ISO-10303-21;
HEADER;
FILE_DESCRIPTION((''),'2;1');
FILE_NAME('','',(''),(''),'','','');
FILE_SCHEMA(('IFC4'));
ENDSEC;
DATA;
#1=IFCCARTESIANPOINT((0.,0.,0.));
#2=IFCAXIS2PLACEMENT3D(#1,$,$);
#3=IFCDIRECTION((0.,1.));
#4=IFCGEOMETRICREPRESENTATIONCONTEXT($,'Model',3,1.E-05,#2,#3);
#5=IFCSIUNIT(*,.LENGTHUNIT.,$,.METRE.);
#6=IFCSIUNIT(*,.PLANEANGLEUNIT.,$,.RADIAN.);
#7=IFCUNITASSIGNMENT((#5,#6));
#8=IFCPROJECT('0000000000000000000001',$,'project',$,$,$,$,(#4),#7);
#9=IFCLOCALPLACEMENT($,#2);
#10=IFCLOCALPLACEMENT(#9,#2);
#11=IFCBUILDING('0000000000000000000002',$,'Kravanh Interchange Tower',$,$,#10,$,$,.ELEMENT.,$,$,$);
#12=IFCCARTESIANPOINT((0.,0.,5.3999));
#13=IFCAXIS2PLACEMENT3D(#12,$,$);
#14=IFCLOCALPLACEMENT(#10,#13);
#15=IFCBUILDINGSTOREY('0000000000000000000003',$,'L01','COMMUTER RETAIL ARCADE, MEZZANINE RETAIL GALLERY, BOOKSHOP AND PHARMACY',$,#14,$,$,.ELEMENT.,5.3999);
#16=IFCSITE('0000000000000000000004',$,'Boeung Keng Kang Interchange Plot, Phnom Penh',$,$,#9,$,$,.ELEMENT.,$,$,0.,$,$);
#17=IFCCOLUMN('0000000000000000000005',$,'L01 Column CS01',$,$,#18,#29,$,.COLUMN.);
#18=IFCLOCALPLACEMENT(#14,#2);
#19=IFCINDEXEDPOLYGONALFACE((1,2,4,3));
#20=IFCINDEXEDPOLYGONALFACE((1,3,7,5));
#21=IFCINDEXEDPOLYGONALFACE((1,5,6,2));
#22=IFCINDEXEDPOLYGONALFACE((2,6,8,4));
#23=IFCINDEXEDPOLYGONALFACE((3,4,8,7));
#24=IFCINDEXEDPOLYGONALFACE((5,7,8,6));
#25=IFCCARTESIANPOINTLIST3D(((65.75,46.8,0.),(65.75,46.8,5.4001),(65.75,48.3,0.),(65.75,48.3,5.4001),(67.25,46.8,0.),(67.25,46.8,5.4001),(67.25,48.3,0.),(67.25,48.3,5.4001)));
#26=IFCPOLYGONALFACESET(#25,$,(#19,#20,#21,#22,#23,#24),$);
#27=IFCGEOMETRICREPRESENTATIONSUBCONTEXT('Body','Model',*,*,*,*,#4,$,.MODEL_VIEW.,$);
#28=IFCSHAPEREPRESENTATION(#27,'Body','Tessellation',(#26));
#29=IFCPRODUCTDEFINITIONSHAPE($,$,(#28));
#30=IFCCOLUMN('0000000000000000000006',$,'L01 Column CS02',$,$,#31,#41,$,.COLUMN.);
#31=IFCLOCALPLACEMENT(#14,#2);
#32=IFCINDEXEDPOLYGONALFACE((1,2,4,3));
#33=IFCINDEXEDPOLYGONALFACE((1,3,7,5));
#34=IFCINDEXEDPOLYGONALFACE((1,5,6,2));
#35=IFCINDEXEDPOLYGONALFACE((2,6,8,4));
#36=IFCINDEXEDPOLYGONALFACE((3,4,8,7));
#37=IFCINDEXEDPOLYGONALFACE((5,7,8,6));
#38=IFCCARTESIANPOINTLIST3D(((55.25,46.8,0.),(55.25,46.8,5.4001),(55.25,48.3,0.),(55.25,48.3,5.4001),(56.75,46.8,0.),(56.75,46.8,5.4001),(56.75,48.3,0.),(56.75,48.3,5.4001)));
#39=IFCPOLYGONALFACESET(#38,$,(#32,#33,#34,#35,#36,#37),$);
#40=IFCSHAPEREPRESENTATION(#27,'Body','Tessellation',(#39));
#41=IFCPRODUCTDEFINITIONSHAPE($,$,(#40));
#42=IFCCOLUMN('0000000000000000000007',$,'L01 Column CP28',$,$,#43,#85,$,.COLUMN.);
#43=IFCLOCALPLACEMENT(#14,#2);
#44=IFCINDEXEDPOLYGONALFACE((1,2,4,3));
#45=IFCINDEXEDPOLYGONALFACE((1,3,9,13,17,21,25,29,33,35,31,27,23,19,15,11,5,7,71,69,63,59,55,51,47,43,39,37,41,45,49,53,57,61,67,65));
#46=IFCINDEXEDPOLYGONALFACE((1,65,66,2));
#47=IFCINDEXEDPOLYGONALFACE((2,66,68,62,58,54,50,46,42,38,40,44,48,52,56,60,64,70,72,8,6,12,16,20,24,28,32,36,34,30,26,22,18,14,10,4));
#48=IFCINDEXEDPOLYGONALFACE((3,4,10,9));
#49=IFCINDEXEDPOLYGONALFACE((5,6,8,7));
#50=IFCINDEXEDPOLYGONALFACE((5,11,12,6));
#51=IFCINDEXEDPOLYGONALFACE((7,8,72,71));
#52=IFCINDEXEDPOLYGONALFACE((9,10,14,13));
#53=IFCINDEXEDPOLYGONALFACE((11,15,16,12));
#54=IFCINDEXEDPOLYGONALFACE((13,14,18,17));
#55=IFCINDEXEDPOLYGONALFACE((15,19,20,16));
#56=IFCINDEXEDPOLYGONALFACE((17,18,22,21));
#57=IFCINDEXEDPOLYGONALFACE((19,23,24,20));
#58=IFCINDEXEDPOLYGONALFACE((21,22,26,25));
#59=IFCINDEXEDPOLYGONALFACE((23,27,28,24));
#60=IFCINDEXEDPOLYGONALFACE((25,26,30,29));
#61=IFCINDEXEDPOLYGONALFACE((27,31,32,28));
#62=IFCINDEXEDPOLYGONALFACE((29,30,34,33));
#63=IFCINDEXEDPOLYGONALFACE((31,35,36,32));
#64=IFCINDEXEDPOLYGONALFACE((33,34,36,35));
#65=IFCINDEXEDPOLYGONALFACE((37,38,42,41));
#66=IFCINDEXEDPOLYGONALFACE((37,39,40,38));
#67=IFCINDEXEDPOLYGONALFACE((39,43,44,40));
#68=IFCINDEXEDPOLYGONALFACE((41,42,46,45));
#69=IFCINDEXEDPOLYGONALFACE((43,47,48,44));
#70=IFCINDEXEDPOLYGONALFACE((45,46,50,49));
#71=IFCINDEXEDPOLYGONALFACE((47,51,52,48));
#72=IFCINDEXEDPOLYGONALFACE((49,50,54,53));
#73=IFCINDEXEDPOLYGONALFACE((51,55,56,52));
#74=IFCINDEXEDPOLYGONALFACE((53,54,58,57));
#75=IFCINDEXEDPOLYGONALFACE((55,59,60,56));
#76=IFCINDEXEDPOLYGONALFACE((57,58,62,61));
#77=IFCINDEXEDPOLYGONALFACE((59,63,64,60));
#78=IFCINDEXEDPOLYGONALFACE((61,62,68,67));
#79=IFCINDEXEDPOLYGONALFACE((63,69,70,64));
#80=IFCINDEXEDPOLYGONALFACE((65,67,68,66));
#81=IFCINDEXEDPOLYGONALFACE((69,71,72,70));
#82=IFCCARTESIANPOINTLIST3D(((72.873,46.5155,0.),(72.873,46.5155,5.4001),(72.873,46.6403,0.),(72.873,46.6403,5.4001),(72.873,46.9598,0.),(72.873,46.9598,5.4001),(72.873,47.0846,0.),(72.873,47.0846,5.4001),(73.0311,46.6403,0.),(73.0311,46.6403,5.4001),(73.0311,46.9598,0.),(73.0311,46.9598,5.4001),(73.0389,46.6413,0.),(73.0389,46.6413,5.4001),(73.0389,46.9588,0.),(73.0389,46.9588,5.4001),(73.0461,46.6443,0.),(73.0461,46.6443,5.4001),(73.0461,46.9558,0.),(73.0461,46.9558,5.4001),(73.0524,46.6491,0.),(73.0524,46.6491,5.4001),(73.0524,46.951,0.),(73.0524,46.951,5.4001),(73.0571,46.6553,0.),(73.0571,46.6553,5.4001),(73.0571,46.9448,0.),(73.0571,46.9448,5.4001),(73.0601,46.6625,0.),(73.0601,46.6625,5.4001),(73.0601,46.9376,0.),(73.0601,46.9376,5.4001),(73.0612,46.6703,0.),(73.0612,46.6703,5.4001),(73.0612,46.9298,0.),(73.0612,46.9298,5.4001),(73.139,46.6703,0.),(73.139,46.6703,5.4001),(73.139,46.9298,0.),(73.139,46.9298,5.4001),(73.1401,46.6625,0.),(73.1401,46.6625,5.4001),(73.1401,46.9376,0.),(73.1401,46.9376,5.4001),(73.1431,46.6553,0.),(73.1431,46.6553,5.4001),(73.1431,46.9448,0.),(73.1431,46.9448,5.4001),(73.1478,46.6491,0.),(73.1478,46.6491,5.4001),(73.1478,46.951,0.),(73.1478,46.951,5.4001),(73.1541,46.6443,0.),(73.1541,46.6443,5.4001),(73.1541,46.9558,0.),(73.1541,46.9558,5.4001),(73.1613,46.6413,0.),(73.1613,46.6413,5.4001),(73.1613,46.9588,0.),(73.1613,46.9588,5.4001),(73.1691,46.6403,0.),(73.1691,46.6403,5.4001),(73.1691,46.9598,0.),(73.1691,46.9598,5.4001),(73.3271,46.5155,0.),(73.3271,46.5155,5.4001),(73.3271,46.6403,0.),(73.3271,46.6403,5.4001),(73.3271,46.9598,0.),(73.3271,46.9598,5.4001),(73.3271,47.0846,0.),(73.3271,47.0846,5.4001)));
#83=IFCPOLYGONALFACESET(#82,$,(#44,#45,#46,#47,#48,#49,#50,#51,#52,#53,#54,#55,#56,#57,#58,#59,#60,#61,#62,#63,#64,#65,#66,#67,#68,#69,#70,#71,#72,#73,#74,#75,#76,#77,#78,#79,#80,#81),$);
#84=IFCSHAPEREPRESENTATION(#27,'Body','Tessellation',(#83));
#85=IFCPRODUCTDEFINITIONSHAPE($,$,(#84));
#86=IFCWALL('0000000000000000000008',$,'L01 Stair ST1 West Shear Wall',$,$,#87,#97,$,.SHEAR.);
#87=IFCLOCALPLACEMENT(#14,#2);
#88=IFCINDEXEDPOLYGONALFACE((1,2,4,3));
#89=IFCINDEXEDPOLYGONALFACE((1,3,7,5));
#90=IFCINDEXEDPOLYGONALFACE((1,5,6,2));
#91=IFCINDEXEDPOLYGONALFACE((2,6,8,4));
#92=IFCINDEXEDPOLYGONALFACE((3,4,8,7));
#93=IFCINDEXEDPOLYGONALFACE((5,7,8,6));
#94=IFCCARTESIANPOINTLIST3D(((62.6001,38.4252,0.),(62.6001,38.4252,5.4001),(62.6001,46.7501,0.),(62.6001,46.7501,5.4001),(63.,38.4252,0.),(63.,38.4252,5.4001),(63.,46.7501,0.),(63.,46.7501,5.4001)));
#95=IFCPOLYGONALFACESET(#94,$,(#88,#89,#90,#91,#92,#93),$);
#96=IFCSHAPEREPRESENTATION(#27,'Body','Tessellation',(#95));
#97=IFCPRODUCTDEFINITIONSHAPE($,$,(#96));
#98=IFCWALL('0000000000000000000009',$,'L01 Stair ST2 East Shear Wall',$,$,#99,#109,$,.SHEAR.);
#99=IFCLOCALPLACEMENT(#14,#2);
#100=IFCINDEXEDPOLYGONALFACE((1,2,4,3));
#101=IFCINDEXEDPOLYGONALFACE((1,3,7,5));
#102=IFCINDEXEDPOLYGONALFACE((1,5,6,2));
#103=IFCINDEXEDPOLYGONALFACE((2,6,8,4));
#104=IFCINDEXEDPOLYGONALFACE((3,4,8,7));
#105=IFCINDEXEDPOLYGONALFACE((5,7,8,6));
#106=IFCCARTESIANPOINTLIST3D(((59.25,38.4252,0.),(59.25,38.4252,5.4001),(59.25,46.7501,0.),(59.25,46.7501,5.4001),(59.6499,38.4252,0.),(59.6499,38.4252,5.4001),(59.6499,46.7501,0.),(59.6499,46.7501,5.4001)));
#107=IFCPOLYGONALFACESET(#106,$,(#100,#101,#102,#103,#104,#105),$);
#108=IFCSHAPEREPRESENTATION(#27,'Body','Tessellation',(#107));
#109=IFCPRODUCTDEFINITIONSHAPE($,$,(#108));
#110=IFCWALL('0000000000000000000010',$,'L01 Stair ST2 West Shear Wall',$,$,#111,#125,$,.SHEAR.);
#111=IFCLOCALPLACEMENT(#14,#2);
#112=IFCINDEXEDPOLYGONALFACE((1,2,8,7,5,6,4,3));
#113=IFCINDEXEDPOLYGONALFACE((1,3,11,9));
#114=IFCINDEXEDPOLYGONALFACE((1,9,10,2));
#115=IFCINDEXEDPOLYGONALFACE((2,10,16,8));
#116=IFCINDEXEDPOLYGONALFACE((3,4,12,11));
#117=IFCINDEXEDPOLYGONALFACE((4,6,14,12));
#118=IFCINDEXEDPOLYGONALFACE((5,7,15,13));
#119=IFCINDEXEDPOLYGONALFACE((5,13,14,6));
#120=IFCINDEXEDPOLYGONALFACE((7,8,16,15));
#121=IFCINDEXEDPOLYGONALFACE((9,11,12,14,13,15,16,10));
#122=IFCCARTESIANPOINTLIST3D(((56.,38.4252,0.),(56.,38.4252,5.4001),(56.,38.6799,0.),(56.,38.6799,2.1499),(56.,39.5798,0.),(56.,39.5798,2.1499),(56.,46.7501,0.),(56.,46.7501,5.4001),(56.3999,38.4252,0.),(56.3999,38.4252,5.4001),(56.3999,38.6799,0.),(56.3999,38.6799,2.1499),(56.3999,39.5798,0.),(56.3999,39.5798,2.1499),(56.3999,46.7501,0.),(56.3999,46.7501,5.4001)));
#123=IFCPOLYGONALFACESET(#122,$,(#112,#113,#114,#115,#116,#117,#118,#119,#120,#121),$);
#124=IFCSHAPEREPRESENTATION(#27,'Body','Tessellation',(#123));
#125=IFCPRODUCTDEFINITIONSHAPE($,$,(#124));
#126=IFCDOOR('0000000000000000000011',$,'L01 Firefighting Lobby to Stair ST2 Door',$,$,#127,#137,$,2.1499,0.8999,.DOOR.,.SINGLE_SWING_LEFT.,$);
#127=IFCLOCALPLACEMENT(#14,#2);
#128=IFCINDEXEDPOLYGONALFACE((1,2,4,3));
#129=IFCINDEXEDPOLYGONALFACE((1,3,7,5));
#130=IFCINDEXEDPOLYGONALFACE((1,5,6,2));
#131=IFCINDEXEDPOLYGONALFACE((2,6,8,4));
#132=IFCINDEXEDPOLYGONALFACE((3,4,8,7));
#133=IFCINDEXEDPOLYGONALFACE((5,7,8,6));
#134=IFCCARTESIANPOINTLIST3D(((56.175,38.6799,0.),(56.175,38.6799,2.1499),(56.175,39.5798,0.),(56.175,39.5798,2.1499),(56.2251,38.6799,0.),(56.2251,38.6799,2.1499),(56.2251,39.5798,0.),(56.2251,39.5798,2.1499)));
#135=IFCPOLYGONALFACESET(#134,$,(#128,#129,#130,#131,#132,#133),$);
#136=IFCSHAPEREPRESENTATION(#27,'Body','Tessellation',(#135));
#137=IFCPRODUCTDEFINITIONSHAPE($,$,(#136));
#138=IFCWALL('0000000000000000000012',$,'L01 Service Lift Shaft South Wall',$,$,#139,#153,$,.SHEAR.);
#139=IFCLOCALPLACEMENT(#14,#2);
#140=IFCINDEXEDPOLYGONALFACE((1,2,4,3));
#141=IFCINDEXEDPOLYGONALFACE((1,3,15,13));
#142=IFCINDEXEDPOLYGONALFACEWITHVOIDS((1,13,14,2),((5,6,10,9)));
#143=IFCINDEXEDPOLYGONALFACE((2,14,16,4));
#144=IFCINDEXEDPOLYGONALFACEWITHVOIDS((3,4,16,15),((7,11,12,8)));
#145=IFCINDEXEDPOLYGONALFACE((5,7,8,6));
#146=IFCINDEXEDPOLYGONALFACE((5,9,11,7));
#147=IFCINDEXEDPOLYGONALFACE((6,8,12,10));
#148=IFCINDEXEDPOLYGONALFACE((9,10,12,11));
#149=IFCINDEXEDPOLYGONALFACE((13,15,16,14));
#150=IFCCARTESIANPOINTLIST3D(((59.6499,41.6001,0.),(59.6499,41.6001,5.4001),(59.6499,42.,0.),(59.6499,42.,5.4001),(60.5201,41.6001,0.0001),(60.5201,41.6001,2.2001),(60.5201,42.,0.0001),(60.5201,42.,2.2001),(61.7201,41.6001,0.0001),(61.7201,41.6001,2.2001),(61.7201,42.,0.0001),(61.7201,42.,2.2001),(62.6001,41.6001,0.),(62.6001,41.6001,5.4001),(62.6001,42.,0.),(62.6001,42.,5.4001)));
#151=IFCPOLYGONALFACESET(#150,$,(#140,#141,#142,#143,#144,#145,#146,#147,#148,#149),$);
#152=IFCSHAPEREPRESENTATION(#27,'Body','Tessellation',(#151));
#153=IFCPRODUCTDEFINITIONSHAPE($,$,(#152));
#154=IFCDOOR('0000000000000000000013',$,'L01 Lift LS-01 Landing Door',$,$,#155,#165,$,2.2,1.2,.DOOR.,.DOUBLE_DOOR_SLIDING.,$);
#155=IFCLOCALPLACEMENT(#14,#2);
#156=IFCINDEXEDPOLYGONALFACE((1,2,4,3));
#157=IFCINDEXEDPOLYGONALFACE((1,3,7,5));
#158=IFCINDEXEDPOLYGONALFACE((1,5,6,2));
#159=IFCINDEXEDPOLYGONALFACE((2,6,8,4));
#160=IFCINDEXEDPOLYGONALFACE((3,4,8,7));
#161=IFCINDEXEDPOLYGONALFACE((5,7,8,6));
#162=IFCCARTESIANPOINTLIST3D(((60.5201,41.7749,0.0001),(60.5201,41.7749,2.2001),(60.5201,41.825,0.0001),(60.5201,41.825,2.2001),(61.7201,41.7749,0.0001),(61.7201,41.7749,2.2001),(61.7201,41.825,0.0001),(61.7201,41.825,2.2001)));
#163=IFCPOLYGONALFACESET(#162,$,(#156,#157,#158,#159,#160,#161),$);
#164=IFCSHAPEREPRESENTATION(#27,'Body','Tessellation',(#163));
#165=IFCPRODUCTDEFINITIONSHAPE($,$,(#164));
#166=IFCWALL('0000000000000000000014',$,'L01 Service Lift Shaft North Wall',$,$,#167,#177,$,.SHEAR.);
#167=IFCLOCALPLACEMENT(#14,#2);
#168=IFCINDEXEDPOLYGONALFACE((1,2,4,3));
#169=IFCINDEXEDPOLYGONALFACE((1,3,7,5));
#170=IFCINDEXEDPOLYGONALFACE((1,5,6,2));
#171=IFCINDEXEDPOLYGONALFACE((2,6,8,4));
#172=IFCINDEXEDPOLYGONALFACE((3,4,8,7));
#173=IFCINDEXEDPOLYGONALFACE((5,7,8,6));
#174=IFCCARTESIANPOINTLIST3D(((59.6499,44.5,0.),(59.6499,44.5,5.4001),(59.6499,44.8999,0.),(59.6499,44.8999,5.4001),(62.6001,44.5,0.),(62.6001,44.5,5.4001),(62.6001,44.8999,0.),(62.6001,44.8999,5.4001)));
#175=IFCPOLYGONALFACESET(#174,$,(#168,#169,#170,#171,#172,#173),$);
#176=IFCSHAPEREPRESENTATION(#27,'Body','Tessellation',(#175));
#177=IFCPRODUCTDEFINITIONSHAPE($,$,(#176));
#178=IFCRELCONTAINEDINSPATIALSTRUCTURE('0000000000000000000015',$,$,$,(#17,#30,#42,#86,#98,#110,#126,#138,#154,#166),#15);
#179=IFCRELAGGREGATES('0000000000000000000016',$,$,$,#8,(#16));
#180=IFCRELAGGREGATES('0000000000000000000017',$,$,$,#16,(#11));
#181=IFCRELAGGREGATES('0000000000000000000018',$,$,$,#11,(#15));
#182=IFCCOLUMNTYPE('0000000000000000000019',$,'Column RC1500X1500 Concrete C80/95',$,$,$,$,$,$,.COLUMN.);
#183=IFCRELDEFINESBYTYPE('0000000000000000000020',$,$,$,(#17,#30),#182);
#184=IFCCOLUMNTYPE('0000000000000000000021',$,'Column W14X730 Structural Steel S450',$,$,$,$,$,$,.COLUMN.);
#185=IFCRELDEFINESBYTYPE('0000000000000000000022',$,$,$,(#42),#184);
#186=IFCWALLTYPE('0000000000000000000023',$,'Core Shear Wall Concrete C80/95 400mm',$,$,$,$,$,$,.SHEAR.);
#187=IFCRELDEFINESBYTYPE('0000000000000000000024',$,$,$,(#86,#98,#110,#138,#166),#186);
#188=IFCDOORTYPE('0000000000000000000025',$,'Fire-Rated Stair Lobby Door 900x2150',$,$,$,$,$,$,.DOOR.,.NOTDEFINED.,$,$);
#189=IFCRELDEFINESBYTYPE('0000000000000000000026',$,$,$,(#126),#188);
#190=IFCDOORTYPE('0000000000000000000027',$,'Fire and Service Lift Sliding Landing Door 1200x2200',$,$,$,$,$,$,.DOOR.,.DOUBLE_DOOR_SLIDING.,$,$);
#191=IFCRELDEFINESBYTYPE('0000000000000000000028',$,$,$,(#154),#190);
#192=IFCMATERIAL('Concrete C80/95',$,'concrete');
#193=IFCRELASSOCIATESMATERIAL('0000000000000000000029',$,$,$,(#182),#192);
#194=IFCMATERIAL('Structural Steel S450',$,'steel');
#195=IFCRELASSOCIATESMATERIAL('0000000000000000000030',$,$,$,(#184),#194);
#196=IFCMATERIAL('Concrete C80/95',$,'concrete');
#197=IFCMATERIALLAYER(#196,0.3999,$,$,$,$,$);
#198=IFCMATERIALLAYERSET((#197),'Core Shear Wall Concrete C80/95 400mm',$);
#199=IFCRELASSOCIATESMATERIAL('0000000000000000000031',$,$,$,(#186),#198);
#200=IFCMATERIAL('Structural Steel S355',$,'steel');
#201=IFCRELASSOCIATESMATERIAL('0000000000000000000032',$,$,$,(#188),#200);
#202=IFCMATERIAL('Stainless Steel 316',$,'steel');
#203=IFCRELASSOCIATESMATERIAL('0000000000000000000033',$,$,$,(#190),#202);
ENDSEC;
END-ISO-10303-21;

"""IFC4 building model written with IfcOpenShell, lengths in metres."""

from ifc_helpers import new_model, si_unit, direction, frame, frame_2d, origin, origin_2d, place, context, subcontext, project, spatial, rectangle, i_section, extrude, material, layer, layer_set, material_profile, profile_set, type_object, element, fill, save


model = new_model("IFC4")

# Units and contexts
model_context = context("Model", 3, precision=1e-05, world=origin(), true_north=direction((0.0, 1.0)))
body_context = subcontext(model_context, "Body", "Model", "MODEL_VIEW")
ifc_project = project(units=[si_unit("LENGTHUNIT", "METRE"), si_unit("PLANEANGLEUNIT", "RADIAN")], contexts=[model_context])

# Site, building, storey
site_placement = place(None, origin())
site = spatial("IfcSite", under=ifc_project, at=site_placement, Name="Boeung Keng Kang Interchange Plot, Phnom Penh", CompositionType="ELEMENT", RefElevation=0.0)
building_placement = place(site_placement, origin())
building = spatial("IfcBuilding", under=site, at=building_placement, Name="Kravanh Interchange Tower", CompositionType="ELEMENT")
storey_placement = place(building_placement, frame((0.0, 0.0, 5.3999)))
storey = spatial("IfcBuildingStorey", under=building, at=storey_placement, Name="L01", Description="COMMUTER RETAIL ARCADE, MEZZANINE RETAIL GALLERY, BOOKSHOP AND PHARMACY", CompositionType="ELEMENT", Elevation=5.3999)

# Columns
ifc_material_1 = material(Name="Concrete C80/95", Category="concrete")
ifc_material_profile_1 = material_profile(ifc_material_1, rectangle(XDim=1.5, YDim=1.5, at=origin_2d()), Name="RC1500X1500")
ifc_profile_set_1 = profile_set([ifc_material_profile_1], Name="Concrete C80/95")
column_type_1 = type_object("IfcColumnType", Name="Column RC1500X1500 Concrete C80/95", PredefinedType="COLUMN", material=ifc_profile_set_1)
for number, where, z_axis, x_axis, name in (
    (1, (66.5, 47.55, 0.0), (0.0, 0.0, 1.0), (1.0, 0.0, 0.0), "L01 Column CS01"),
    (2, (56.0, 47.55, 0.0), (0.0, 0.0, 1.0), (1.0, 0.0, 0.0), "L01 Column CS02"),
):
    element("IfcColumn", number, at=place(storey_placement, frame(where, z_axis=z_axis, x_axis=x_axis)), inside=storey, type_object=column_type_1, Name=name, PredefinedType="COLUMN", context=body_context, shape_type="SweptSolid", body=[
        extrude(rectangle(XDim=1.5, YDim=1.5, at=origin_2d()), origin(), (0.0, 0.0, 1.0), 5.4001),
    ])
ifc_material_2 = material(Name="Structural Steel S450", Category="steel")
ifc_material_profile_2 = material_profile(ifc_material_2, i_section(OverallWidth=0.4541, OverallDepth=0.5691, WebThickness=0.0779, FlangeThickness=0.1248, FilletRadius=0.03, at=origin_2d()), Name="W14X730")
ifc_profile_set_2 = profile_set([ifc_material_profile_2], Name="Structural Steel S450")
column_type_2 = type_object("IfcColumnType", Name="Column W14X730 Structural Steel S450", PredefinedType="COLUMN", material=ifc_profile_set_2)
column_placement = place(storey_placement, frame((73.1001, 46.8, 0.0), z_axis=(0.0, 0.0, 1.0), x_axis=(1.0, 0.0, 0.0)))
element("IfcColumn", 3, at=column_placement, inside=storey, type_object=column_type_2, Name="L01 Column CP28", PredefinedType="COLUMN", context=body_context, shape_type="SweptSolid", body=[
    extrude(i_section(OverallWidth=0.4541, OverallDepth=0.5691, WebThickness=0.0779, FlangeThickness=0.1248, FilletRadius=0.03, at=origin_2d()), origin(), (0.0, 0.0, 1.0), 5.4001),
])

# Walls
ifc_material_3 = material(Name="Concrete C80/95", Category="concrete")
ifc_layer_1 = layer(ifc_material_3, 0.3999)
ifc_layer_set_1 = layer_set([ifc_layer_1], Name="Core Shear Wall Concrete C80/95 400mm")
wall_type_1 = type_object("IfcWallType", Name="Core Shear Wall Concrete C80/95 400mm", PredefinedType="SHEAR", material=ifc_layer_set_1)
for number, where, z_axis, x_axis, name in (
    (4, (62.8, 38.425, 0.0), (0.0, 0.0, 1.0), (0.0, 1.0, 0.0), "L01 Stair ST1 West Shear Wall"),
    (5, (59.45, 38.425, 0.0), (0.0, 0.0, 1.0), (0.0, 1.0, 0.0), "L01 Stair ST2 East Shear Wall"),
):
    element("IfcWall", number, at=place(storey_placement, frame(where, z_axis=z_axis, x_axis=x_axis)), inside=storey, type_object=wall_type_1, Name=name, PredefinedType="SHEAR", context=body_context, shape_type="SweptSolid", body=[
        extrude(rectangle(XDim=8.325, YDim=0.3999, at=frame_2d((4.1626, 0.0))), origin(), (0.0, 0.0, 1.0), 5.4001),
    ])

# Walls, openings, doors
wall_1_placement = place(storey_placement, frame((56.2, 38.425, 0.0), z_axis=(0.0, 0.0, 1.0), x_axis=(0.0, 1.0, 0.0)))
wall_1 = element("IfcWall", 6, at=wall_1_placement, inside=storey, type_object=wall_type_1, Name="L01 Stair ST2 West Shear Wall", PredefinedType="SHEAR", context=body_context, shape_type="SweptSolid", body=[
    extrude(rectangle(XDim=8.325, YDim=0.3999, at=frame_2d((4.1626, 0.0))), origin(), (0.0, 0.0, 1.0), 5.4001),
])
opening_1_placement = place(wall_1_placement, frame((0.2549, 0.0, 0.0)))
opening_1 = element("IfcOpeningElement", 7, at=opening_1_placement, cuts=wall_1, PredefinedType="OPENING", context=body_context, shape_type="SweptSolid", body=[
    extrude(rectangle(XDim=0.8999, YDim=2.1499, at=frame_2d((0.45, 1.075))), frame((0.0, 0.21, 0.0), z_axis=(0.0, -1.0, 0.0), x_axis=(1.0, 0.0, 0.0)), (0.0, 0.0, 1.0), 0.4199),
])
ifc_material_4 = material(Name="Structural Steel S355", Category="steel")
door_type_1 = type_object("IfcDoorType", Name="Fire-Rated Stair Lobby Door 900x2150", OperationType="NOTDEFINED", PredefinedType="DOOR", material=ifc_material_4)
door_1_placement = place(opening_1_placement, origin())
door_1 = element("IfcDoor", 8, at=door_1_placement, inside=storey, type_object=door_type_1, Name="L01 Firefighting Lobby to Stair ST2 Door", OperationType="SINGLE_SWING_LEFT", OverallHeight=2.1499, OverallWidth=0.8999, PredefinedType="DOOR", context=body_context, shape_type="SweptSolid", body=[
    extrude(rectangle(XDim=0.8999, YDim=2.1499, at=frame_2d((0.45, 1.075))), frame((0.0, 0.0249, 0.0), z_axis=(0.0, -1.0, 0.0), x_axis=(1.0, 0.0, 0.0)), (0.0, 0.0, 1.0), 0.05),
])
fill(opening_1, door_1)
wall_2_placement = place(storey_placement, frame((59.6499, 41.8, 0.0), z_axis=(0.0, 0.0, 1.0), x_axis=(1.0, 0.0, 0.0)))
wall_2 = element("IfcWall", 9, at=wall_2_placement, inside=storey, type_object=wall_type_1, Name="L01 Service Lift Shaft South Wall", PredefinedType="SHEAR", context=body_context, shape_type="SweptSolid", body=[
    extrude(rectangle(XDim=2.9502, YDim=0.3999, at=frame_2d((1.4751, 0.0))), origin(), (0.0, 0.0, 1.0), 5.4001),
])
opening_2_placement = place(wall_2_placement, frame((0.8701, 0.0, 0.0)))
opening_2 = element("IfcOpeningElement", 10, at=opening_2_placement, cuts=wall_2, PredefinedType="OPENING", context=body_context, shape_type="SweptSolid", body=[
    extrude(rectangle(XDim=1.2, YDim=2.2, at=frame_2d((0.6001, 1.1001))), frame((0.0, 0.21, 0.0), z_axis=(0.0, -1.0, 0.0), x_axis=(1.0, 0.0, 0.0)), (0.0, 0.0, 1.0), 0.4199),
])
ifc_material_5 = material(Name="Stainless Steel 316", Category="steel")
door_type_2 = type_object("IfcDoorType", Name="Fire and Service Lift Sliding Landing Door 1200x2200", OperationType="DOUBLE_DOOR_SLIDING", PredefinedType="DOOR", material=ifc_material_5)
door_2_placement = place(opening_2_placement, origin())
door_2 = element("IfcDoor", 11, at=door_2_placement, inside=storey, type_object=door_type_2, Name="L01 Lift LS-01 Landing Door", OperationType="DOUBLE_DOOR_SLIDING", OverallHeight=2.2, OverallWidth=1.2, PredefinedType="DOOR", context=body_context, shape_type="SweptSolid", body=[
    extrude(rectangle(XDim=1.2, YDim=2.2, at=frame_2d((0.6001, 1.1001))), frame((0.0, 0.0249, 0.0), z_axis=(0.0, -1.0, 0.0), x_axis=(1.0, 0.0, 0.0)), (0.0, 0.0, 1.0), 0.05),
])
fill(opening_2, door_2)

# Wall
wall_3_placement = place(storey_placement, frame((59.6499, 44.7, 0.0), z_axis=(0.0, 0.0, 1.0), x_axis=(1.0, 0.0, 0.0)))
element("IfcWall", 12, at=wall_3_placement, inside=storey, type_object=wall_type_1, Name="L01 Service Lift Shaft North Wall", PredefinedType="SHEAR", context=body_context, shape_type="SweptSolid", body=[
    extrude(rectangle(XDim=2.9502, YDim=0.3999, at=frame_2d((1.4751, 0.0))), origin(), (0.0, 0.0, 1.0), 5.4001),
])

save(model, "model.ifc")
